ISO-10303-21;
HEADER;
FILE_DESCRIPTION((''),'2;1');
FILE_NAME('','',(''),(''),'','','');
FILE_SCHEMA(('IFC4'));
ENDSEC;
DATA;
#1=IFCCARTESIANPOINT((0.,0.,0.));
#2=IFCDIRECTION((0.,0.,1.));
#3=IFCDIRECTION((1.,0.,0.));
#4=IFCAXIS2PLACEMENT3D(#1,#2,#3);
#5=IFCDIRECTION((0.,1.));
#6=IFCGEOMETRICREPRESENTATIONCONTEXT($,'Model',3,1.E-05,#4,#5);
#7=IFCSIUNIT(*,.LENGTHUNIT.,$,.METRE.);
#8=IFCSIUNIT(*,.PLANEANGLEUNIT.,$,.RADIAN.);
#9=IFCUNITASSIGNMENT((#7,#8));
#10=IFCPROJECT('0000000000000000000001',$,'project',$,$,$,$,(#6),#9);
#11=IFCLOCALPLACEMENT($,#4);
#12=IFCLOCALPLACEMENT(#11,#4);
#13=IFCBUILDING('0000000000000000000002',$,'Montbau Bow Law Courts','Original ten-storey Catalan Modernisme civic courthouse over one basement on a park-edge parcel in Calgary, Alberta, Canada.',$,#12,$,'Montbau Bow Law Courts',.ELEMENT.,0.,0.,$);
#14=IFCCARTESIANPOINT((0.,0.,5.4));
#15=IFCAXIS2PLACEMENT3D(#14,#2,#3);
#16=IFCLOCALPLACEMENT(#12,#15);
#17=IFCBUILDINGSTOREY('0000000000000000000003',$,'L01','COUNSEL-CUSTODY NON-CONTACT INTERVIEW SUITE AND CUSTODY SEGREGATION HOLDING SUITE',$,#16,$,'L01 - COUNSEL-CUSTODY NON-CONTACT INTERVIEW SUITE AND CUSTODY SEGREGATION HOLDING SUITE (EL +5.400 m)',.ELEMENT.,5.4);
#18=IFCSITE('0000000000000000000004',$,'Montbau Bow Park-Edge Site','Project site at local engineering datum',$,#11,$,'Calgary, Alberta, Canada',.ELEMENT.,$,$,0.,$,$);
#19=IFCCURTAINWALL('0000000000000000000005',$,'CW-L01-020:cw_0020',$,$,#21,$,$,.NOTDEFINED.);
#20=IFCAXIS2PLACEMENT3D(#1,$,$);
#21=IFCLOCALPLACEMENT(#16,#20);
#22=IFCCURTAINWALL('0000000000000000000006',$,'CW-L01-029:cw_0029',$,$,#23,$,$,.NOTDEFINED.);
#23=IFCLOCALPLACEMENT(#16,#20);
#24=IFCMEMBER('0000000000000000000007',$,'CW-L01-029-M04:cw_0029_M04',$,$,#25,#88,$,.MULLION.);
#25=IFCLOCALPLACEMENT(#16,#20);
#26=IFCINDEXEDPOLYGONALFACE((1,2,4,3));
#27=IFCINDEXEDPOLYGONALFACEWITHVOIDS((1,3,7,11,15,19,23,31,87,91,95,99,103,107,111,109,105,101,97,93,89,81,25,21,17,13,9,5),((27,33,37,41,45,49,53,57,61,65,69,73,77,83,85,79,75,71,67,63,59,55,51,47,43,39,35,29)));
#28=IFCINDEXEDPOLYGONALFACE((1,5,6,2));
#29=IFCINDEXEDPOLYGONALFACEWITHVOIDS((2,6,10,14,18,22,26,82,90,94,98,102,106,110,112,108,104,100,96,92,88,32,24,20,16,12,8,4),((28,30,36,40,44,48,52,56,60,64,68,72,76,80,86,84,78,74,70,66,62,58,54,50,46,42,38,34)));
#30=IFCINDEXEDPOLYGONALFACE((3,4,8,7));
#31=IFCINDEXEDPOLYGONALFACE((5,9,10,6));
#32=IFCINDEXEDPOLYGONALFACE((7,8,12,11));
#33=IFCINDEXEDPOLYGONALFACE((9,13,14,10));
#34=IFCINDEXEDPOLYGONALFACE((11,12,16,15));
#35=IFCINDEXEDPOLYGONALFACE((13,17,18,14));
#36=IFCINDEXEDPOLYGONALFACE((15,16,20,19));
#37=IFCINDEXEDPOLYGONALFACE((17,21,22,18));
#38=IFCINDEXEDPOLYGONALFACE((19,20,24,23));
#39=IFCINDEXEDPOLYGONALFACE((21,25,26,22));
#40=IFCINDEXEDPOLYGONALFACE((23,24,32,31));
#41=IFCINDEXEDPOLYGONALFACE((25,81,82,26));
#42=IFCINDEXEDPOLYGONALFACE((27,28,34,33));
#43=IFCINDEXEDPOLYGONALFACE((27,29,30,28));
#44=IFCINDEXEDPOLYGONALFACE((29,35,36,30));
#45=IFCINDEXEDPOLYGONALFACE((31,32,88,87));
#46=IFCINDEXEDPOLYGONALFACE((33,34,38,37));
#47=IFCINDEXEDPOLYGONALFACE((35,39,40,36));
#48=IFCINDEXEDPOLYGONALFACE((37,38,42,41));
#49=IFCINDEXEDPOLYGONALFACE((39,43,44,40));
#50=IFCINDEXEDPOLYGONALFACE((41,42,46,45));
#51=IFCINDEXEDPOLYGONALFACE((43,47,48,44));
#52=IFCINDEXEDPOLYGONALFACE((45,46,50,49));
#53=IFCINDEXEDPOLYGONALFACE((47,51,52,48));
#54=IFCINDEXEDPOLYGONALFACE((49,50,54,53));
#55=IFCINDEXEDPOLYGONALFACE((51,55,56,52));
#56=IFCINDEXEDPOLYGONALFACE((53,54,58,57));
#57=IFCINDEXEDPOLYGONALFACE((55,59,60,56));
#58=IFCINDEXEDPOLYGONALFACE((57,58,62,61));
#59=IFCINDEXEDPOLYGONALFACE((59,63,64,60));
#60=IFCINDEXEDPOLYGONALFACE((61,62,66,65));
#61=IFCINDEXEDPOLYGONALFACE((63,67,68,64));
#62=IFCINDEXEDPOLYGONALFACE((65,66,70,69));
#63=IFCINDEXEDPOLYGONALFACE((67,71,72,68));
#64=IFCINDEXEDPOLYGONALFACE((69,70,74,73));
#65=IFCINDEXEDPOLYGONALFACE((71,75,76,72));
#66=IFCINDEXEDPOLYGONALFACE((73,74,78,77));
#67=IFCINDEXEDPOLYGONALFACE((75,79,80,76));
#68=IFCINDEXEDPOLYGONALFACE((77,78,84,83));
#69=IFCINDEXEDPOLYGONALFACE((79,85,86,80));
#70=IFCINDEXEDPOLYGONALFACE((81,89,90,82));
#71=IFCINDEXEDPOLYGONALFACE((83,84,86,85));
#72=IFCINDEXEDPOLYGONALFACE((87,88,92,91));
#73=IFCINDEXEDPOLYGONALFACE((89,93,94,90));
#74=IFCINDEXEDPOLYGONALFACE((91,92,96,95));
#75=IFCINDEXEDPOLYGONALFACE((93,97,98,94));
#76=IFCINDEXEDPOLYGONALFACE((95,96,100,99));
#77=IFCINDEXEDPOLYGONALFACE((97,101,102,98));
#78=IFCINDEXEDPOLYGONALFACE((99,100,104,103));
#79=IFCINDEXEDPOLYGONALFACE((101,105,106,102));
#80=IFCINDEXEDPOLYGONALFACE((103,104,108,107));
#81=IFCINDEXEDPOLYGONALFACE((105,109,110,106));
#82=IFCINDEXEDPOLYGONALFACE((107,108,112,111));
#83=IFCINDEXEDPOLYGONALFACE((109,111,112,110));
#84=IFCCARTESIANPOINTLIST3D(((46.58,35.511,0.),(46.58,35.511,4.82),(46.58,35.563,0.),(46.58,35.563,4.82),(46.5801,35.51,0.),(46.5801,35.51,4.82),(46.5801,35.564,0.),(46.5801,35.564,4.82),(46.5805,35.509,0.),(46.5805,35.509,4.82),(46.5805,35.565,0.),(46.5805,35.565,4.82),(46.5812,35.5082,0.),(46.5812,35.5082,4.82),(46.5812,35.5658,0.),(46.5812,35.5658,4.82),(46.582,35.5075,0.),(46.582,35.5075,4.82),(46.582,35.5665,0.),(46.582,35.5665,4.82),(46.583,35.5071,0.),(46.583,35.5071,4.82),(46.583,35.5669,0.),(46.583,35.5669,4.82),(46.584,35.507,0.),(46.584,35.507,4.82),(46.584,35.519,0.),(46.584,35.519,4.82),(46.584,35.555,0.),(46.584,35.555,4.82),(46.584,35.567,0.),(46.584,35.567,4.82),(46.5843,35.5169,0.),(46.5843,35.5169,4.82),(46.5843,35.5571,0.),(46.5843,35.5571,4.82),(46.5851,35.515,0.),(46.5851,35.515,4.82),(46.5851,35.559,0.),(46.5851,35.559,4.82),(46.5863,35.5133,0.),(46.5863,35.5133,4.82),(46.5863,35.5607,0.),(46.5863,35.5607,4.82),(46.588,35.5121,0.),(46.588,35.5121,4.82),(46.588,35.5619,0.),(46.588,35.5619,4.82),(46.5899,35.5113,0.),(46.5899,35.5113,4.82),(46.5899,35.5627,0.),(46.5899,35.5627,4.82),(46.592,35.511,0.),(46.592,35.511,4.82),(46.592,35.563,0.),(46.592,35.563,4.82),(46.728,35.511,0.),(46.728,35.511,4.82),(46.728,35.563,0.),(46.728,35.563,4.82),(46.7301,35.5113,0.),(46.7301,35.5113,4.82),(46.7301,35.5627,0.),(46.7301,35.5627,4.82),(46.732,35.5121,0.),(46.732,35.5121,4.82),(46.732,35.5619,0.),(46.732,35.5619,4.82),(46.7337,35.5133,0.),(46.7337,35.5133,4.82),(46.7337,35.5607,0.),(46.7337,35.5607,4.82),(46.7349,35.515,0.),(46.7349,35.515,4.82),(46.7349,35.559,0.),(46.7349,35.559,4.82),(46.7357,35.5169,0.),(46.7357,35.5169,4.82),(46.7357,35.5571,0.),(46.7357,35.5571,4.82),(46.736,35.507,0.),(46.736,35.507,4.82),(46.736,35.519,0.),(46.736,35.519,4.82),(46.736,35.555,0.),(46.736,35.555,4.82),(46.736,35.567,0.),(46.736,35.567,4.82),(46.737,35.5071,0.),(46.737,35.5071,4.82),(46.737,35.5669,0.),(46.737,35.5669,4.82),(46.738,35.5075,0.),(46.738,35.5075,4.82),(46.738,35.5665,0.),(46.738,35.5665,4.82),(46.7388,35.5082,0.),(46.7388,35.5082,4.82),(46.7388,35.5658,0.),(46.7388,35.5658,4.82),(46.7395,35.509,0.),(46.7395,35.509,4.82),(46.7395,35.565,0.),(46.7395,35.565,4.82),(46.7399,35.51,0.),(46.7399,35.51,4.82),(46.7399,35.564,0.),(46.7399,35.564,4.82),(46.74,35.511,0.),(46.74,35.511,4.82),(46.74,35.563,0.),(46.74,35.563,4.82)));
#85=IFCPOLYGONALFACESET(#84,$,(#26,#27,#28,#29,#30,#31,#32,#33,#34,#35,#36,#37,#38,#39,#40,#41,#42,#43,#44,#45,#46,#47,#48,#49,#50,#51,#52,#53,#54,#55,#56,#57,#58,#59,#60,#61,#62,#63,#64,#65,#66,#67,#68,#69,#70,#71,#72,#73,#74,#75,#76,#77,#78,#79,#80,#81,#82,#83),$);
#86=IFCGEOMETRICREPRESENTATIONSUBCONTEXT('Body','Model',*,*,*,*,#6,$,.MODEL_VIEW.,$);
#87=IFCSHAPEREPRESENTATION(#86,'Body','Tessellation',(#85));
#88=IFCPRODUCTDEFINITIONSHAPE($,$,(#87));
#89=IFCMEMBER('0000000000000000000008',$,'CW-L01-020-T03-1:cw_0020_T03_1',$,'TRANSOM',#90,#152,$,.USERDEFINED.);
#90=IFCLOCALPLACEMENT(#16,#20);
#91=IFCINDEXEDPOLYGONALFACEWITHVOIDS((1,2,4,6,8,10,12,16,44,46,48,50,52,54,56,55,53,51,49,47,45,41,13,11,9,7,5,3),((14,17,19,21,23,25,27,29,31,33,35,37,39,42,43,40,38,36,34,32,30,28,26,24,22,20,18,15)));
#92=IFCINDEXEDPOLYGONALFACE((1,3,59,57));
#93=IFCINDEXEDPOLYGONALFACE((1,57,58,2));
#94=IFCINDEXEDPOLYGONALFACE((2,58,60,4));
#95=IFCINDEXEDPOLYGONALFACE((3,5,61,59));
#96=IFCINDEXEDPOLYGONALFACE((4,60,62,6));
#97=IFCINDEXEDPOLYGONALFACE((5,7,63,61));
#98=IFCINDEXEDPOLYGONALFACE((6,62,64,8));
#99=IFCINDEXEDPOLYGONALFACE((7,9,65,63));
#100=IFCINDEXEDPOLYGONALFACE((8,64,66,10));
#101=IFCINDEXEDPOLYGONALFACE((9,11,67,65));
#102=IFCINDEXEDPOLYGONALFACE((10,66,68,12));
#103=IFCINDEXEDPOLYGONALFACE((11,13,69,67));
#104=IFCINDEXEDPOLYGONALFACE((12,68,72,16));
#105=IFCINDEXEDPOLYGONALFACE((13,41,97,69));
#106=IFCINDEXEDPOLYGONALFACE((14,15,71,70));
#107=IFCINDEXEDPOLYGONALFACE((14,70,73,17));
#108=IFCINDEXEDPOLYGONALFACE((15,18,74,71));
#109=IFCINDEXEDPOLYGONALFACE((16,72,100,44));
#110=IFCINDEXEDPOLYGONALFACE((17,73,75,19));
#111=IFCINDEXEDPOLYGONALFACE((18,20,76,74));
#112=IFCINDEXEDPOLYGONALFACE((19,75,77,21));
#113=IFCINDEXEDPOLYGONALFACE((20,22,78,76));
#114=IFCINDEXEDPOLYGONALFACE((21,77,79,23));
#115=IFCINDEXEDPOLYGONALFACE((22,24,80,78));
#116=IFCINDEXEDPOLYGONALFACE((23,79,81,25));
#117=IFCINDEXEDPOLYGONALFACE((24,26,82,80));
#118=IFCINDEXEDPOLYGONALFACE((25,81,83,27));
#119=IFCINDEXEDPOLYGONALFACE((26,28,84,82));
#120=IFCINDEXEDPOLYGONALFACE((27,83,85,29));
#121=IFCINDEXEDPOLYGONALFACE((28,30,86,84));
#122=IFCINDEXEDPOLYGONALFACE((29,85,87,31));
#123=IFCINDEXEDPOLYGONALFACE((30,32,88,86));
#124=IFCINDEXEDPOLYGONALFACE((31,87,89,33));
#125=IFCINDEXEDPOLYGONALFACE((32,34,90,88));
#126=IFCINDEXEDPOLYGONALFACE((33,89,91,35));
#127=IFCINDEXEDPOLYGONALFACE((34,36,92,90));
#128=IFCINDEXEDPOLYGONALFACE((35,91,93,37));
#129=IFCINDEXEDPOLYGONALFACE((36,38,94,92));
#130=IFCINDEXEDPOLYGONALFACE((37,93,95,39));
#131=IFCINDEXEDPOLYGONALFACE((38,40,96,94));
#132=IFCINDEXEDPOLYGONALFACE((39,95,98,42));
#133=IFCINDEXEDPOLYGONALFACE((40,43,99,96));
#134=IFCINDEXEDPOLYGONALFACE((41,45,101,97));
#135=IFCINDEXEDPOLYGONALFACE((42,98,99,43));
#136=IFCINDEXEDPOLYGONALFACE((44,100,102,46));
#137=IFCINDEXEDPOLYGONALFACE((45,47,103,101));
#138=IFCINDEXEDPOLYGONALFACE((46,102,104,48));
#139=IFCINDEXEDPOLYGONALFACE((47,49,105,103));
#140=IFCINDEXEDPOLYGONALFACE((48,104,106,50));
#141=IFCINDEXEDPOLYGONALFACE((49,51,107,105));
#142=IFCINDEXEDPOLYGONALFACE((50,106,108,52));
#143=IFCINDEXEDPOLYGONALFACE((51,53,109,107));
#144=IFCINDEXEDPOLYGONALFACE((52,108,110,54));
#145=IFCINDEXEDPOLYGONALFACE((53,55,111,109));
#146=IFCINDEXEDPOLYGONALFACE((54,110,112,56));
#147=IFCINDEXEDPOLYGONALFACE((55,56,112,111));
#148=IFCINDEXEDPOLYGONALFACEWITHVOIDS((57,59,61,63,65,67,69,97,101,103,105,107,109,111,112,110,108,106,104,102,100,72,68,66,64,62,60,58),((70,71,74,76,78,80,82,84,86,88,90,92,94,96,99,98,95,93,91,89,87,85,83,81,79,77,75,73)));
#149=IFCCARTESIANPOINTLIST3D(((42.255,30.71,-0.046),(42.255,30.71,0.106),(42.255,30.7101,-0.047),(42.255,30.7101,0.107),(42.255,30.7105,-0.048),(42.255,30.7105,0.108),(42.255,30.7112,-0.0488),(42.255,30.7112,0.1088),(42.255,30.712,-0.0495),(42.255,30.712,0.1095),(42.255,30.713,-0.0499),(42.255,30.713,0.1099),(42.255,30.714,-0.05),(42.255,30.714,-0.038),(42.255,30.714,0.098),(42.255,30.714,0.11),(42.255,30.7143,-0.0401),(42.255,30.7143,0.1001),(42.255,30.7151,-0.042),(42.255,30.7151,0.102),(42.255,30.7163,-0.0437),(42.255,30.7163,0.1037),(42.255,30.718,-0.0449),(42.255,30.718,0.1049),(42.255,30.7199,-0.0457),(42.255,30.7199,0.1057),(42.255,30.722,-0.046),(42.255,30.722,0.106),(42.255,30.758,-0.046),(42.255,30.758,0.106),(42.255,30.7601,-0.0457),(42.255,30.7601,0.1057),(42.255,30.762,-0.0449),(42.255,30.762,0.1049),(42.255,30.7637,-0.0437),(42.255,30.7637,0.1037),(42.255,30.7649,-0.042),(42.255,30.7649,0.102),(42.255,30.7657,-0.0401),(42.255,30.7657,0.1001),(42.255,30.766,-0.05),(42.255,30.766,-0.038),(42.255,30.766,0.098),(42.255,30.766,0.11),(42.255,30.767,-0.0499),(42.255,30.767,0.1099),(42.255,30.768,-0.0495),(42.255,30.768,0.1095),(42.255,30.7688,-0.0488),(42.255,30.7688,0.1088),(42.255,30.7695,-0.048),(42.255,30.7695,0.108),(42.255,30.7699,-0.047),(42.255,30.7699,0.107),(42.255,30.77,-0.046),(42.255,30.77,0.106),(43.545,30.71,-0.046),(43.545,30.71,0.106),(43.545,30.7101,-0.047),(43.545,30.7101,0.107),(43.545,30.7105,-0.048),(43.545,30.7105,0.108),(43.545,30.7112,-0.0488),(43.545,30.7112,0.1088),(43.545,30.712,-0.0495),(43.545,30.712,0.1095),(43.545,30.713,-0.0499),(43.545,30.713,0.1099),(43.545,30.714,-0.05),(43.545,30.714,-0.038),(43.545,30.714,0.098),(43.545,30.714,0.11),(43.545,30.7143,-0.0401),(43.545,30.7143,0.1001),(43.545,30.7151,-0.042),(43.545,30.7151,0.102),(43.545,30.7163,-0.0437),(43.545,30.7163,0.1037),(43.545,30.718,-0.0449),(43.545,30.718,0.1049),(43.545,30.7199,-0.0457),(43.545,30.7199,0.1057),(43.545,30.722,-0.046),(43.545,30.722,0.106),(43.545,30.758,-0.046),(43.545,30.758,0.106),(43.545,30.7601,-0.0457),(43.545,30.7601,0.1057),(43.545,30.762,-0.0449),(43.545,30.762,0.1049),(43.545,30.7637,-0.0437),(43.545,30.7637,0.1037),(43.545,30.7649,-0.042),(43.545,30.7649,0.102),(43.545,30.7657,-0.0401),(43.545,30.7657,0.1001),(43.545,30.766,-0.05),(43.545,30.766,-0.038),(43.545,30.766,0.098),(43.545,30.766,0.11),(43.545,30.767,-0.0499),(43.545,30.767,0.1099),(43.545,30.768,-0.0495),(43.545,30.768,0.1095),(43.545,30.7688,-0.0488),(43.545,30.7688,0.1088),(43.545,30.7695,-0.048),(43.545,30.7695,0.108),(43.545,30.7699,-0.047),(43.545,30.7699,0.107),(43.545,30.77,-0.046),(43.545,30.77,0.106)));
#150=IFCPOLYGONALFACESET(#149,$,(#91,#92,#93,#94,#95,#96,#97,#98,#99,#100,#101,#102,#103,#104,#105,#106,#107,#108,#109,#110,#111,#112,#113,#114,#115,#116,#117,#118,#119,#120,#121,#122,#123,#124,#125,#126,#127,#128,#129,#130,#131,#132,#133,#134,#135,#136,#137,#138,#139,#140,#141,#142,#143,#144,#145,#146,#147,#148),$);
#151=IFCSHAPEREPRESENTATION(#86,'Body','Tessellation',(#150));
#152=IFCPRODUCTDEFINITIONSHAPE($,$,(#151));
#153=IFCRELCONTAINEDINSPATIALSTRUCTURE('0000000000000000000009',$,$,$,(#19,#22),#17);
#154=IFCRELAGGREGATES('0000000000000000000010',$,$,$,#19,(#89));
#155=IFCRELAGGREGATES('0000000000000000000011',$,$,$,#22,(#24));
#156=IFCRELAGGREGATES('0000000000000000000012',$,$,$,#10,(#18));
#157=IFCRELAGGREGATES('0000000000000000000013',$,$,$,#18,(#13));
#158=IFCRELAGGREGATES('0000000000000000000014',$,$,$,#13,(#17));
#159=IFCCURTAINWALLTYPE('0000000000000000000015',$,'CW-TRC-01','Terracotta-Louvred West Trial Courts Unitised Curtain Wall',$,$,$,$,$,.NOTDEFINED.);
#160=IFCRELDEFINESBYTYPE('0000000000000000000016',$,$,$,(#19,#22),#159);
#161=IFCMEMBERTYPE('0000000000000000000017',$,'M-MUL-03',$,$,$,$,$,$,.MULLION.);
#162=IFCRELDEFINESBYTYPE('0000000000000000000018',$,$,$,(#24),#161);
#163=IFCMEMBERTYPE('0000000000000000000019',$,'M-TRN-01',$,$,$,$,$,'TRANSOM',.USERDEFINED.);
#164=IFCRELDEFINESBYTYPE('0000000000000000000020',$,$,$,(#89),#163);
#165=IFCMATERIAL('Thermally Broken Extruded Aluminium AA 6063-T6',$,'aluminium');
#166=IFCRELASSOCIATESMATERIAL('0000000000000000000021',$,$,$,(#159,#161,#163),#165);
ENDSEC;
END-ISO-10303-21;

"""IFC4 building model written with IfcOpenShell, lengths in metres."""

from ifc_helpers import new_model, si_unit, direction, frame, origin_with_axes, origin_2d_with_axis, place, context, subcontext, project, spatial, hollow_rectangle, extrude, material, material_profile, profile_set, type_object, element, aggregate, save


model = new_model("IFC4")

# Units and contexts
model_context = context("Model", 3, precision=1e-05, world=origin_with_axes(), true_north=direction((0.0, 1.0)))
body_context = subcontext(model_context, "Body", "Model", "MODEL_VIEW")
ifc_project = project(units=[si_unit("LENGTHUNIT", "METRE"), si_unit("PLANEANGLEUNIT", "RADIAN")], contexts=[model_context])

# Site, building, storey
site_placement = place(None, origin_with_axes())
site = spatial("IfcSite", under=ifc_project, at=site_placement, Name="Montbau Bow Park-Edge Site", Description="Project site at local engineering datum", LongName="Calgary, Alberta, Canada", CompositionType="ELEMENT", RefElevation=0.0)
building_placement = place(site_placement, origin_with_axes())
building = spatial("IfcBuilding", under=site, at=building_placement, Name="Montbau Bow Law Courts", Description="Original ten-storey Catalan Modernisme civic courthouse over one basement on a park-edge parcel in Calgary, Alberta, Canada.", LongName="Montbau Bow Law Courts", CompositionType="ELEMENT", ElevationOfRefHeight=0.0, ElevationOfTerrain=0.0)
storey_placement = place(building_placement, frame((0.0, 0.0, 5.4), z_axis=(0.0, 0.0, 1.0), x_axis=(1.0, 0.0, 0.0)))
storey = spatial("IfcBuildingStorey", under=building, at=storey_placement, Name="L01", Description="COUNSEL-CUSTODY NON-CONTACT INTERVIEW SUITE AND CUSTODY SEGREGATION HOLDING SUITE", LongName="L01 - COUNSEL-CUSTODY NON-CONTACT INTERVIEW SUITE AND CUSTODY SEGREGATION HOLDING SUITE (EL +5.400 m)", CompositionType="ELEMENT", Elevation=5.4)

# Curtain walls, member
ifc_material_1 = material(Name="Thermally Broken Extruded Aluminium AA 6063-T6", Category="aluminium")
curtain_wall_type = type_object("IfcCurtainWallType", Name="CW-TRC-01", Description="Terracotta-Louvred West Trial Courts Unitised Curtain Wall", PredefinedType="NOTDEFINED", material=ifc_material_1)
curtain_wall_1_placement = place(None, frame((39.515, 30.74, 5.4), z_axis=(0.0, 0.0, 1.0), x_axis=(1.0, 0.0, 0.0)))
curtain_wall_1 = element("IfcCurtainWall", 1, at=curtain_wall_1_placement, inside=storey, type_object=curtain_wall_type, Name="CW-L01-020:cw_0020", PredefinedType="NOTDEFINED")
ifc_material_profile_1 = material_profile(ifc_material_1, hollow_rectangle(XDim=0.06, YDim=0.16, WallThickness=0.004, InnerFilletRadius=0.008, OuterFilletRadius=0.004, at=origin_2d_with_axis()), Name="CWM-160X60", Category="Main", Priority=0)
ifc_profile_set_1 = profile_set([ifc_material_profile_1], Name="Thermally Broken Extruded Aluminium AA 6063-T6")
member_type_1 = type_object("IfcMemberType", Name="M-MUL-03", PredefinedType="MULLION", material=ifc_profile_set_1)
curtain_wall_2_placement = place(None, frame((46.66, 31.115, 5.4), z_axis=(0.0, 0.0, 1.0), x_axis=(1.0, 0.0, 0.0)))
curtain_wall_2 = element("IfcCurtainWall", 2, at=curtain_wall_2_placement, inside=storey, type_object=curtain_wall_type, Name="CW-L01-029:cw_0029", PredefinedType="NOTDEFINED")
member_1_placement = place(None, frame((46.66, 35.537, 5.4), z_axis=(0.0, 0.0, 1.0), x_axis=(0.0, 1.0, 0.0)))
member_1 = element("IfcMember", 3, at=member_1_placement, type_object=member_type_1, Name="CW-L01-029-M04:cw_0029_M04", PredefinedType="MULLION", context=body_context, shape_type="SweptSolid", body=[
    extrude(hollow_rectangle(XDim=0.06, YDim=0.16, WallThickness=0.004, InnerFilletRadius=0.008, OuterFilletRadius=0.004, at=origin_2d_with_axis()), origin_with_axes(), (0.0, 0.0, 1.0), 4.82),
])

# Member
ifc_material_profile_2 = material_profile(ifc_material_1, hollow_rectangle(XDim=0.06, YDim=0.16, WallThickness=0.004, InnerFilletRadius=0.008, OuterFilletRadius=0.004, at=origin_2d_with_axis()), Name="CWT-160X60", Category="Main", Priority=0)
ifc_profile_set_2 = profile_set([ifc_material_profile_2], Name="Thermally Broken Extruded Aluminium AA 6063-T6")
member_type_2 = type_object("IfcMemberType", Name="M-TRN-01", ElementType="TRANSOM", PredefinedType="USERDEFINED", material=ifc_profile_set_2)
member_2_placement = place(None, frame((42.255, 30.74, 5.43), z_axis=(1.0, 0.0, 0.0), x_axis=(0.0, 1.0, 0.0)))
member_2 = element("IfcMember", 4, at=member_2_placement, type_object=member_type_2, Name="CW-L01-020-T03-1:cw_0020_T03_1", ObjectType="TRANSOM", PredefinedType="USERDEFINED", context=body_context, shape_type="SweptSolid", body=[
    extrude(hollow_rectangle(XDim=0.06, YDim=0.16, WallThickness=0.004, InnerFilletRadius=0.008, OuterFilletRadius=0.004, at=origin_2d_with_axis()), origin_with_axes(), (0.0, 0.0, 1.0), 1.29),
])

aggregate(curtain_wall_1, [member_2])
aggregate(curtain_wall_2, [member_1])

save(model, "model.ifc")
